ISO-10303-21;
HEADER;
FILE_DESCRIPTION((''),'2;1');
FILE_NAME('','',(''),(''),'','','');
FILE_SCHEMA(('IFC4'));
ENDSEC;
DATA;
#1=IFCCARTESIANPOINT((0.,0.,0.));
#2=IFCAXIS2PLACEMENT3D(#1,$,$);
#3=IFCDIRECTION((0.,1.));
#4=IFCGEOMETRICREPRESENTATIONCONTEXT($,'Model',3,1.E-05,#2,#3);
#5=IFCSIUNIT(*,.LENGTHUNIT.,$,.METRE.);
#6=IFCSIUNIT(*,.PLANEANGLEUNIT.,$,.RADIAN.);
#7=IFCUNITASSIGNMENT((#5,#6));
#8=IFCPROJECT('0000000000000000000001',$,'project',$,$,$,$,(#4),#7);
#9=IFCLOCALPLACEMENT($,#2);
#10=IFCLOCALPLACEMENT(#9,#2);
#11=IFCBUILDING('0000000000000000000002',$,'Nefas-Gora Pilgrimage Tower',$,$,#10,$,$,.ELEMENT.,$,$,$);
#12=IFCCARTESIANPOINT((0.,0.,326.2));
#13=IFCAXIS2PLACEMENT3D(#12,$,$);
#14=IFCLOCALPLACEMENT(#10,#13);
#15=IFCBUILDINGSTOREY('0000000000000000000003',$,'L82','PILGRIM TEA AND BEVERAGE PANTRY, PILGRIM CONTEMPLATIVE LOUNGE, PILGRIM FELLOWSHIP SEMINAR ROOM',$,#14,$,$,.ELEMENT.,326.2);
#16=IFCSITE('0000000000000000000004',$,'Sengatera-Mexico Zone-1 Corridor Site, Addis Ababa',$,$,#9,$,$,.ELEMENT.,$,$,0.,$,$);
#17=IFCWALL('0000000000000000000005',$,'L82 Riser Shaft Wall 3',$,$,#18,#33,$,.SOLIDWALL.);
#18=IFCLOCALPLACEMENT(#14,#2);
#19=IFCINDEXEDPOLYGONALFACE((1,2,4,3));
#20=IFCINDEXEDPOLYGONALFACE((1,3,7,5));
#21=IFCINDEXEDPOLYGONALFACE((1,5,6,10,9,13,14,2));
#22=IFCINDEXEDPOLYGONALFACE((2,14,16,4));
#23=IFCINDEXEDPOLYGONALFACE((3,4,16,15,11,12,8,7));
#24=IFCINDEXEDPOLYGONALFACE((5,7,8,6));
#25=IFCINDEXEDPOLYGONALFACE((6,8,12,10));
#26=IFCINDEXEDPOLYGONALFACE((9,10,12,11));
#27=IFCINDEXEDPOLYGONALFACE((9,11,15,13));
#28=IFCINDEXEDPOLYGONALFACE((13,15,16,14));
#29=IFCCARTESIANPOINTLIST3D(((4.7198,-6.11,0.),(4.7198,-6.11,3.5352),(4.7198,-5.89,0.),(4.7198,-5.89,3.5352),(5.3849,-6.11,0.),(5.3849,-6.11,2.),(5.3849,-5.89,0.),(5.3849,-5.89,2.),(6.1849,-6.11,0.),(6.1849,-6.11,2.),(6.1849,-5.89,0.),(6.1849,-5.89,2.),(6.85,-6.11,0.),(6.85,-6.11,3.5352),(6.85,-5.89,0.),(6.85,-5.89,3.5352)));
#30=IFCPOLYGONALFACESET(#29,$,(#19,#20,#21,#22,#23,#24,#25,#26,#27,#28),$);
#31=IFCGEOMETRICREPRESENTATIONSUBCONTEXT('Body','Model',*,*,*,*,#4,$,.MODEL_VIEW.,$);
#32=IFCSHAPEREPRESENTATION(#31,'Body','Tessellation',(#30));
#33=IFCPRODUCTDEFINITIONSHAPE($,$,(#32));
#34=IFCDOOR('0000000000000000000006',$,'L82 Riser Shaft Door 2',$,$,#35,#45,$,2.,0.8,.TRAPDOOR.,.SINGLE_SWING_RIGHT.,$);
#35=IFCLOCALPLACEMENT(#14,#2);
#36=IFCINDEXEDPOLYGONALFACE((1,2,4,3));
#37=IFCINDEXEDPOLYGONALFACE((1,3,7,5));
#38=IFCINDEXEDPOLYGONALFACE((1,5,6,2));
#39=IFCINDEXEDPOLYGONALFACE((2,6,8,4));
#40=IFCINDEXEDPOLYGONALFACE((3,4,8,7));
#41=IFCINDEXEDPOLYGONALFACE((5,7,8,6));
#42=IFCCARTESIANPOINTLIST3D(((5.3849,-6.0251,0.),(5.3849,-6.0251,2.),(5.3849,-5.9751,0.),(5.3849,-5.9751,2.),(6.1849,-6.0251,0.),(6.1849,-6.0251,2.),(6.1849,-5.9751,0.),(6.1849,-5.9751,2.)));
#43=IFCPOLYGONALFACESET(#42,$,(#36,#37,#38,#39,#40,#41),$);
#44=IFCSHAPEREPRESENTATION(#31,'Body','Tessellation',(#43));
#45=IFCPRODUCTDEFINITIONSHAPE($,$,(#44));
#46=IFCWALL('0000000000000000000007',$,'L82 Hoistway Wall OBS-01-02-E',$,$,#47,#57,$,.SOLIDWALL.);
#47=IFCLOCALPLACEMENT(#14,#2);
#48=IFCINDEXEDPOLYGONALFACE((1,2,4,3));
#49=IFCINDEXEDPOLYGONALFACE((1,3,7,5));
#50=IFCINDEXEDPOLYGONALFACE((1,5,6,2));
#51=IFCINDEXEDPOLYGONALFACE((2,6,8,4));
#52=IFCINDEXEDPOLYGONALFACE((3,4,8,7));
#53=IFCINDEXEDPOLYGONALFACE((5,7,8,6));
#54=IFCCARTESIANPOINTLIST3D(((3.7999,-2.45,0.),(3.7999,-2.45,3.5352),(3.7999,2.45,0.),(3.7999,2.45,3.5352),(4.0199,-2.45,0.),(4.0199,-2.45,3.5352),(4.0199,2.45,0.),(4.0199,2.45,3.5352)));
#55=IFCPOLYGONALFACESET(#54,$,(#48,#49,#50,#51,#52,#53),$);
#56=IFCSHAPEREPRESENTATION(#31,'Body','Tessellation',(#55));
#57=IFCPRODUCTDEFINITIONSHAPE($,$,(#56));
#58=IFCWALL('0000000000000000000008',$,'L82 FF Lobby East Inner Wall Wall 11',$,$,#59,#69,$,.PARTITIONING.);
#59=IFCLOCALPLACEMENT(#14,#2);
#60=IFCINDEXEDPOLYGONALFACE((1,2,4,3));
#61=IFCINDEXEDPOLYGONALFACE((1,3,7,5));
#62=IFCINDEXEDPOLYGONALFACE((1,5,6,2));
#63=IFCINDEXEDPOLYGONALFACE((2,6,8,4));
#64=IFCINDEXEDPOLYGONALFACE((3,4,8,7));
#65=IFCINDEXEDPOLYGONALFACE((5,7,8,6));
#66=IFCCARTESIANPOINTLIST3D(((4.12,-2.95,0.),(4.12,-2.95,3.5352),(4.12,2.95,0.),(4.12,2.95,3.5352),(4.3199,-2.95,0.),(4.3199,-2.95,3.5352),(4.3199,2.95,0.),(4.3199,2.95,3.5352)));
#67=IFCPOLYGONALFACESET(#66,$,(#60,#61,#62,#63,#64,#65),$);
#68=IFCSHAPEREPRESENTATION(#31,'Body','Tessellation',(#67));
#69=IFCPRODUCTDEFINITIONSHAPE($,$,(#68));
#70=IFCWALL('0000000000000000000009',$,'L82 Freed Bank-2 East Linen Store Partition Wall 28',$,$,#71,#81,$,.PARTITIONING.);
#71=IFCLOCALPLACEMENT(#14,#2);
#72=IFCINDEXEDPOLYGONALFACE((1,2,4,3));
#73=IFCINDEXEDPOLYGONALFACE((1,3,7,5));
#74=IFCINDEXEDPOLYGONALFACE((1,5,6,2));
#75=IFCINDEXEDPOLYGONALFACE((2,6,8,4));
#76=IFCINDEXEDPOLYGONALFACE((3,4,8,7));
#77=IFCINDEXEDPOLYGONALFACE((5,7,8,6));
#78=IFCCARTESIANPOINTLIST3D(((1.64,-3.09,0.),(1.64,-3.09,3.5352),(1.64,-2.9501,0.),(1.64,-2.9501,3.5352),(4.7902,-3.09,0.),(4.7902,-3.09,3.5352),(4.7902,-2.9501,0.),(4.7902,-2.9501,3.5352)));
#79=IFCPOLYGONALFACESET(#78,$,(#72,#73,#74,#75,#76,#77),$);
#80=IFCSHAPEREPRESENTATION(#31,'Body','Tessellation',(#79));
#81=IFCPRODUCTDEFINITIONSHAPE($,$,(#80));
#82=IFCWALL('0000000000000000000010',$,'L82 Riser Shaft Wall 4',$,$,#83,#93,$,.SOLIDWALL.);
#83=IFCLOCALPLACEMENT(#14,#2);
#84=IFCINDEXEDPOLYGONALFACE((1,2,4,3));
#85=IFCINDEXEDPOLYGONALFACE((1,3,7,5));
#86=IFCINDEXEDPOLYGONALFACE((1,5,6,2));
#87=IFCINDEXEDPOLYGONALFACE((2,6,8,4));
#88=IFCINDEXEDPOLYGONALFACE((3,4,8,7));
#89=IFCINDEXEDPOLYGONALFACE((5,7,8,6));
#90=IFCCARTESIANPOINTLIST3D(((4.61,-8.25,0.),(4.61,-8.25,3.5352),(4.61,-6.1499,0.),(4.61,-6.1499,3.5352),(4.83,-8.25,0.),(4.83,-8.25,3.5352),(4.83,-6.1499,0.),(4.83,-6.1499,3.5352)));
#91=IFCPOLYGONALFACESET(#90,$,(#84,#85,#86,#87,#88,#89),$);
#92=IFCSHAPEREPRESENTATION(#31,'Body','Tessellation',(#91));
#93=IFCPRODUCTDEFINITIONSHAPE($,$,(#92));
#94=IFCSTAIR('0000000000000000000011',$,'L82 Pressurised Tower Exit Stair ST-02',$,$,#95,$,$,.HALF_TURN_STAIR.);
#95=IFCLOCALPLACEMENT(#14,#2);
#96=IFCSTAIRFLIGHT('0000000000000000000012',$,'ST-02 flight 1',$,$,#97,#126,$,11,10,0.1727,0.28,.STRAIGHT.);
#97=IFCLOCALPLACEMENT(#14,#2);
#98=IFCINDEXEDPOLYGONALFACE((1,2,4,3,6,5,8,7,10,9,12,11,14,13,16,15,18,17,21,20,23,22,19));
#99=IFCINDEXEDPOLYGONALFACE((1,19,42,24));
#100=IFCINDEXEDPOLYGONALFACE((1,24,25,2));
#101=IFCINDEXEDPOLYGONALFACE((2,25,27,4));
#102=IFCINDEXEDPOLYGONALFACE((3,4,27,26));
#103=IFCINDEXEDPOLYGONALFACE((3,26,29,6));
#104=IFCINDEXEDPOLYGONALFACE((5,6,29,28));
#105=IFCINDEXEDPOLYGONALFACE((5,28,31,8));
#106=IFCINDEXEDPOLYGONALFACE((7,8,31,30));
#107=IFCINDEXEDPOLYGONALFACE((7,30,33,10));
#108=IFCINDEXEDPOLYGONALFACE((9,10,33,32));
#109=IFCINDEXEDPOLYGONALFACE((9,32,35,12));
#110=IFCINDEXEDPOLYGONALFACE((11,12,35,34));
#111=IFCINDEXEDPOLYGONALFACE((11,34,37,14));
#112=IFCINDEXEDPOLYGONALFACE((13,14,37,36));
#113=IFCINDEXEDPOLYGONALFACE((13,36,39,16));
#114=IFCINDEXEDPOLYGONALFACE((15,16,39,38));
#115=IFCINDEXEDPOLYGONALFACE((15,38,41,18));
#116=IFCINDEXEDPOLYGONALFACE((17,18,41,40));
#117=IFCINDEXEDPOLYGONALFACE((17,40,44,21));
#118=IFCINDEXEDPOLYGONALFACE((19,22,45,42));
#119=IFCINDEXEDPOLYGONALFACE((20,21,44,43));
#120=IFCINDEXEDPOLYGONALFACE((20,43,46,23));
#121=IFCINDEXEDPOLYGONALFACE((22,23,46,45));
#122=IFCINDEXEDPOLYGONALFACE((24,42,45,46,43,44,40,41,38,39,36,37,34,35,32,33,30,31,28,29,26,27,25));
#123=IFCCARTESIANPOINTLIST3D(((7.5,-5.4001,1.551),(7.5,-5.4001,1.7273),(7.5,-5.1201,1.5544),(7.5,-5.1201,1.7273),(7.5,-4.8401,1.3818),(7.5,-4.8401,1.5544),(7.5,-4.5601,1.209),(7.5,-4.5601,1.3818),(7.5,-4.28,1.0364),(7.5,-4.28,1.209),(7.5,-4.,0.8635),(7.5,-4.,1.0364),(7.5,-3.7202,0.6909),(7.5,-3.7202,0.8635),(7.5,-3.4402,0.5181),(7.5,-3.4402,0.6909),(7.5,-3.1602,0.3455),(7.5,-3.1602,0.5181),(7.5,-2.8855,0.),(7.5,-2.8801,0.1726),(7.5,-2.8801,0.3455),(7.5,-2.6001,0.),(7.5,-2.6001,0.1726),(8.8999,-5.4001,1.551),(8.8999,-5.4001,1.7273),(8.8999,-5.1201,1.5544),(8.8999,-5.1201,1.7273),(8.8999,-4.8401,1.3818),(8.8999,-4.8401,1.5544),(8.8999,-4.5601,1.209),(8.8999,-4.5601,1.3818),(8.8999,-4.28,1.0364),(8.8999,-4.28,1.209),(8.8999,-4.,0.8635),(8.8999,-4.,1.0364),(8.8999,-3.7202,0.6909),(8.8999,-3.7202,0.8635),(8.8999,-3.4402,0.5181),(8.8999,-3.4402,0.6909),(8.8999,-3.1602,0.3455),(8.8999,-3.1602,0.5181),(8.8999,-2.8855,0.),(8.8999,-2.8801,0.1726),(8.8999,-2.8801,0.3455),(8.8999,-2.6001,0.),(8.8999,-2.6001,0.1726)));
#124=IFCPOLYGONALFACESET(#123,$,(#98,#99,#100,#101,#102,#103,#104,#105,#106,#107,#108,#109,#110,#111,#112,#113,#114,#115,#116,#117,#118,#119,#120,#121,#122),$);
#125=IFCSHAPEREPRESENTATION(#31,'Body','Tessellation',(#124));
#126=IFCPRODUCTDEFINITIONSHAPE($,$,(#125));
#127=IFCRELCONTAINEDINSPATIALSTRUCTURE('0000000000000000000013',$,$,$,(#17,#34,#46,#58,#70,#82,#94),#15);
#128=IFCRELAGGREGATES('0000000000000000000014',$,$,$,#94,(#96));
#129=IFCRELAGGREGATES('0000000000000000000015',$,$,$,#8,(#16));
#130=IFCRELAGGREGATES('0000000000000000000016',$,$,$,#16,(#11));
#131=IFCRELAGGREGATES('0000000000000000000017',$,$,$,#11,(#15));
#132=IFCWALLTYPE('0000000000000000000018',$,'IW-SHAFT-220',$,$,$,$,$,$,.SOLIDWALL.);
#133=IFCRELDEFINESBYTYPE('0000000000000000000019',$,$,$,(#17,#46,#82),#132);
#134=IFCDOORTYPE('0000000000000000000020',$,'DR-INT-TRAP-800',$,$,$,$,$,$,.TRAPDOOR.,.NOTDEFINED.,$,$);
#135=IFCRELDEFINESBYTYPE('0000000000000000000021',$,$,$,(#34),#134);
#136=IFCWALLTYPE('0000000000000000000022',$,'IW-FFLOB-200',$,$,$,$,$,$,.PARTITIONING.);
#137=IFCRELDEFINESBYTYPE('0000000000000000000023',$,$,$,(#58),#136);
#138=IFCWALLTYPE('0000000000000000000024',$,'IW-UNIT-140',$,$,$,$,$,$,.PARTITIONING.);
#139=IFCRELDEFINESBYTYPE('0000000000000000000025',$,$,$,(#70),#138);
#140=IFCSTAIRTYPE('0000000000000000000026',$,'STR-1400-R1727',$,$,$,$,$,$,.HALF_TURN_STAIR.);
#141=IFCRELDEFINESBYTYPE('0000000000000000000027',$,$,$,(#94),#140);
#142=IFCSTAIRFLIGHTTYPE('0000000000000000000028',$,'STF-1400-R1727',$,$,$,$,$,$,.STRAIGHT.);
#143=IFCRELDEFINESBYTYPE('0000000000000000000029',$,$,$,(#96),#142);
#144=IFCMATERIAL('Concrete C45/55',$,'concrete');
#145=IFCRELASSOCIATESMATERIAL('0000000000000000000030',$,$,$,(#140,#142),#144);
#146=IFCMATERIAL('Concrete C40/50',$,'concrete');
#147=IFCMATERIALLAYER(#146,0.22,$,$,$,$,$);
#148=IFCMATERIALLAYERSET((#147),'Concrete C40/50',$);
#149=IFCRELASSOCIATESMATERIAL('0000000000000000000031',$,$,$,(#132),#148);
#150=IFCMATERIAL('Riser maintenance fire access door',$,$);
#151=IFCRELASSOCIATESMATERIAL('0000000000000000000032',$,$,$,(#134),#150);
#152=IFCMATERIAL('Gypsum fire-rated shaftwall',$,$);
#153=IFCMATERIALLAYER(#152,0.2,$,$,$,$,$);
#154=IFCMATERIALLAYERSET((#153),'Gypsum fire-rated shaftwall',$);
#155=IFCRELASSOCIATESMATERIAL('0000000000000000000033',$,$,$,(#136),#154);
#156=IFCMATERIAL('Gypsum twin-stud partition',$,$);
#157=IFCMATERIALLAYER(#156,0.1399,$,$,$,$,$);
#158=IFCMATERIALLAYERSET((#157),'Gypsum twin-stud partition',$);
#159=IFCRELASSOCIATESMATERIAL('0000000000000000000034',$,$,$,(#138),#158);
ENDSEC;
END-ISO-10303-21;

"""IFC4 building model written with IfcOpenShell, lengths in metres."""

from ifc_helpers import new_model, si_unit, direction, frame, frame_2d, origin, place, context, subcontext, project, spatial, polyline, rectangle, outline, extrude, source, transform, mapped, material, layer, layer_set, type_object, element, fill, aggregate, save


model = new_model("IFC4")

# Units and contexts
model_context = context("Model", 3, precision=1e-05, world=origin(), true_north=direction((0.0, 1.0)))
body_context = subcontext(model_context, "Body", "Model", "MODEL_VIEW")
ifc_project = project(units=[si_unit("LENGTHUNIT", "METRE"), si_unit("PLANEANGLEUNIT", "RADIAN")], contexts=[model_context])

# Site, building, storey
site_placement = place(None, origin())
site = spatial("IfcSite", under=ifc_project, at=site_placement, Name="Sengatera-Mexico Zone-1 Corridor Site, Addis Ababa", CompositionType="ELEMENT", RefElevation=0.0)
building_placement = place(site_placement, origin())
building = spatial("IfcBuilding", under=site, at=building_placement, Name="Nefas-Gora Pilgrimage Tower", CompositionType="ELEMENT")
storey_placement = place(building_placement, frame((0.0, 0.0, 326.2)))
storey = spatial("IfcBuildingStorey", under=building, at=storey_placement, Name="L82", Description="PILGRIM TEA AND BEVERAGE PANTRY, PILGRIM CONTEMPLATIVE LOUNGE, PILGRIM FELLOWSHIP SEMINAR ROOM", CompositionType="ELEMENT", Elevation=326.2)

# Shared definitions
ifc_material_1 = material(Name="Concrete C40/50", Category="concrete")

# Shared definitions
ifc_material_2 = material(Name="Concrete C45/55", Category="concrete")
stair_type = type_object("IfcStairType", Name="STR-1400-R1727", PredefinedType="HALF_TURN_STAIR", material=ifc_material_2)

# Shared definitions
ifc_layer_1 = layer(ifc_material_1, 0.22)
ifc_layer_set_1 = layer_set([ifc_layer_1], Name="Concrete C40/50")
wall_type_1 = type_object("IfcWallType", Name="IW-SHAFT-220", PredefinedType="SOLIDWALL", material=ifc_layer_set_1)

# Shared definitions
shared_shape_1 = source(origin(), body_context, "Body", "SweptSolid", [
    extrude(rectangle(XDim=2.1301, YDim=0.22, at=frame_2d((1.0649, 0.0))), origin(), (0.0, 0.0, 1.0), 3.5352),
])

# Wall, opening, door
wall_1_placement = place(storey_placement, frame((4.72, -6.0, 0.0), z_axis=(0.0, 0.0, 1.0), x_axis=(1.0, 0.0, 0.0)))
wall_1 = element("IfcWall", 1, at=wall_1_placement, inside=storey, type_object=wall_type_1, Name="L82 Riser Shaft Wall 3", PredefinedType="SOLIDWALL", context=body_context, shape_type="MappedRepresentation", body=[
    mapped(shared_shape_1, transform((0.0, 0.0, 0.0), x_axis=(1.0, 0.0, 0.0), y_axis=(0.0, 1.0, 0.0), z_axis=(0.0, 0.0, 1.0), scale=1.0)),
])
opening_1_placement = place(wall_1_placement, frame((0.665, 0.0, 0.0)))
opening_1 = element("IfcOpeningElement", 2, at=opening_1_placement, cuts=wall_1, PredefinedType="OPENING", context=body_context, shape_type="SweptSolid", body=[
    extrude(rectangle(XDim=0.8, YDim=2.0, at=frame_2d((0.3999, 1.0))), frame((0.0, 0.1199, 0.0), z_axis=(0.0, -1.0, 0.0), x_axis=(1.0, 0.0, 0.0)), (0.0, 0.0, 1.0), 0.24),
])
ifc_material_3 = material(Name="Riser maintenance fire access door")
door_type_1 = type_object("IfcDoorType", Name="DR-INT-TRAP-800", OperationType="NOTDEFINED", PredefinedType="TRAPDOOR", material=ifc_material_3)
shared_shape_2 = source(origin(), body_context, "Body", "SweptSolid", [
    extrude(rectangle(XDim=0.8, YDim=2.0, at=frame_2d((0.3999, 1.0))), frame((0.0, 0.0249, 0.0), z_axis=(0.0, -1.0, 0.0), x_axis=(1.0, 0.0, 0.0)), (0.0, 0.0, 1.0), 0.05),
])
door_1_placement = place(opening_1_placement, origin())
door_1 = element("IfcDoor", 3, at=door_1_placement, inside=storey, type_object=door_type_1, Name="L82 Riser Shaft Door 2", OperationType="SINGLE_SWING_RIGHT", OverallHeight=2.0, OverallWidth=0.8, PredefinedType="TRAPDOOR", context=body_context, shape_type="MappedRepresentation", body=[
    mapped(shared_shape_2, transform((0.0, 0.0, 0.0), x_axis=(1.0, 0.0, 0.0), y_axis=(0.0, 1.0, 0.0), z_axis=(0.0, 0.0, 1.0), scale=1.0)),
])
fill(opening_1, door_1)

# Walls
shared_shape_3 = source(origin(), body_context, "Body", "SweptSolid", [
    extrude(rectangle(XDim=4.8999, YDim=0.22, at=frame_2d((2.45, 0.0))), origin(), (0.0, 0.0, 1.0), 3.5352),
])
wall_2_placement = place(storey_placement, frame((3.9099, -2.45, 0.0), z_axis=(0.0, 0.0, 1.0), x_axis=(0.0, 1.0, 0.0)))
element("IfcWall", 4, at=wall_2_placement, inside=storey, type_object=wall_type_1, Name="L82 Hoistway Wall OBS-01-02-E", PredefinedType="SOLIDWALL", context=body_context, shape_type="MappedRepresentation", body=[
    mapped(shared_shape_3, transform((0.0, 0.0, 0.0), x_axis=(1.0, 0.0, 0.0), y_axis=(0.0, 1.0, 0.0), z_axis=(0.0, 0.0, 1.0), scale=1.0)),
])
ifc_material_4 = material(Name="Gypsum fire-rated shaftwall")
ifc_layer_2 = layer(ifc_material_4, 0.2)
ifc_layer_set_2 = layer_set([ifc_layer_2], Name="Gypsum fire-rated shaftwall")
wall_type_2 = type_object("IfcWallType", Name="IW-FFLOB-200", PredefinedType="PARTITIONING", material=ifc_layer_set_2)
shared_shape_4 = source(origin(), body_context, "Body", "SweptSolid", [
    extrude(rectangle(XDim=5.8999, YDim=0.2, at=frame_2d((2.95, 0.0))), origin(), (0.0, 0.0, 1.0), 3.5352),
])
wall_3_placement = place(storey_placement, frame((4.22, -2.95, 0.0), z_axis=(0.0, 0.0, 1.0), x_axis=(0.0, 1.0, 0.0)))
element("IfcWall", 5, at=wall_3_placement, inside=storey, type_object=wall_type_2, Name="L82 FF Lobby East Inner Wall Wall 11", PredefinedType="PARTITIONING", context=body_context, shape_type="MappedRepresentation", body=[
    mapped(shared_shape_4, transform((0.0, 0.0, 0.0), x_axis=(1.0, 0.0, 0.0), y_axis=(0.0, 1.0, 0.0), z_axis=(0.0, 0.0, 1.0), scale=1.0)),
])
ifc_material_5 = material(Name="Gypsum twin-stud partition")
ifc_layer_3 = layer(ifc_material_5, 0.1399)
ifc_layer_set_3 = layer_set([ifc_layer_3], Name="Gypsum twin-stud partition")
wall_type_3 = type_object("IfcWallType", Name="IW-UNIT-140", PredefinedType="PARTITIONING", material=ifc_layer_set_3)
shared_shape_5 = source(origin(), body_context, "Body", "SweptSolid", [
    extrude(rectangle(XDim=3.1501, YDim=0.1399, at=frame_2d((1.5752, 0.0))), origin(), (0.0, 0.0, 1.0), 3.5352),
])
wall_4_placement = place(storey_placement, frame((1.6399, -3.02, 0.0), z_axis=(0.0, 0.0, 1.0), x_axis=(1.0, 0.0, 0.0)))
element("IfcWall", 6, at=wall_4_placement, inside=storey, type_object=wall_type_3, Name="L82 Freed Bank-2 East Linen Store Partition Wall 28", PredefinedType="PARTITIONING", context=body_context, shape_type="MappedRepresentation", body=[
    mapped(shared_shape_5, transform((0.0, 0.0, 0.0), x_axis=(1.0, 0.0, 0.0), y_axis=(0.0, 1.0, 0.0), z_axis=(0.0, 0.0, 1.0), scale=1.0)),
])
shared_shape_6 = source(origin(), body_context, "Body", "SweptSolid", [
    extrude(rectangle(XDim=2.1001, YDim=0.22, at=frame_2d((1.05, 0.0))), origin(), (0.0, 0.0, 1.0), 3.5352),
])
wall_5_placement = place(storey_placement, frame((4.72, -8.25, 0.0), z_axis=(0.0, 0.0, 1.0), x_axis=(0.0, 1.0, 0.0)))
element("IfcWall", 7, at=wall_5_placement, inside=storey, type_object=wall_type_1, Name="L82 Riser Shaft Wall 4", PredefinedType="SOLIDWALL", context=body_context, shape_type="MappedRepresentation", body=[
    mapped(shared_shape_6, transform((0.0, 0.0, 0.0), x_axis=(1.0, 0.0, 0.0), y_axis=(0.0, 1.0, 0.0), z_axis=(0.0, 0.0, 1.0), scale=1.0)),
])

# Stair, stair flight
stair_1_placement = place(storey_placement, origin())
stair_1 = element("IfcStair", 8, at=stair_1_placement, inside=storey, type_object=stair_type, Name="L82 Pressurised Tower Exit Stair ST-02", PredefinedType="HALF_TURN_STAIR")
stair_flight_type = type_object("IfcStairFlightType", Name="STF-1400-R1727", PredefinedType="STRAIGHT", material=ifc_material_2)
shared_shape_7 = source(origin(), body_context, "Body", "SweptSolid", [
    extrude(outline(polyline([(0.0, 0.0), (0.0, 0.1726), (0.28, 0.1726), (0.28, 0.3455), (0.5601, 0.3455), (0.5601, 0.5181), (0.8401, 0.5181), (0.8401, 0.6909), (1.1201, 0.6909), (1.1201, 0.8635), (1.3999, 0.8635), (1.3999, 1.0364), (1.6799, 1.0364), (1.6799, 1.209), (1.96, 1.209), (1.96, 1.3818), (2.24, 1.3818), (2.24, 1.5544), (2.52, 1.5544), (2.52, 1.7273), (2.8, 1.7273), (2.8, 1.8999), (2.8, 1.551), (0.2854, 0.0), (0.0, 0.0)])), frame((0.0, 0.7, 0.0), z_axis=(0.0, -1.0, 0.0), x_axis=(1.0, 0.0, 0.0)), (0.0, 0.0, 1.0), 1.3999),
])
stair_flight_placement = place(storey_placement, frame((8.2, -2.6001, 0.0), z_axis=(0.0, 0.0, 1.0), x_axis=(0.0, -1.0, 0.0)))
stair_flight = element("IfcStairFlight", 9, at=stair_flight_placement, type_object=stair_flight_type, Name="ST-02 flight 1", NumberOfRisers=11, NumberOfTreads=10, PredefinedType="STRAIGHT", RiserHeight=0.1727, TreadLength=0.28, context=body_context, shape_type="MappedRepresentation", body=[
    mapped(shared_shape_7, transform((0.0, 0.0, 0.0), x_axis=(1.0, 0.0, 0.0), y_axis=(0.0, 1.0, 0.0), z_axis=(0.0, 0.0, 1.0), scale=1.0)),
])
aggregate(stair_1, [stair_flight])

save(model, "model.ifc")
